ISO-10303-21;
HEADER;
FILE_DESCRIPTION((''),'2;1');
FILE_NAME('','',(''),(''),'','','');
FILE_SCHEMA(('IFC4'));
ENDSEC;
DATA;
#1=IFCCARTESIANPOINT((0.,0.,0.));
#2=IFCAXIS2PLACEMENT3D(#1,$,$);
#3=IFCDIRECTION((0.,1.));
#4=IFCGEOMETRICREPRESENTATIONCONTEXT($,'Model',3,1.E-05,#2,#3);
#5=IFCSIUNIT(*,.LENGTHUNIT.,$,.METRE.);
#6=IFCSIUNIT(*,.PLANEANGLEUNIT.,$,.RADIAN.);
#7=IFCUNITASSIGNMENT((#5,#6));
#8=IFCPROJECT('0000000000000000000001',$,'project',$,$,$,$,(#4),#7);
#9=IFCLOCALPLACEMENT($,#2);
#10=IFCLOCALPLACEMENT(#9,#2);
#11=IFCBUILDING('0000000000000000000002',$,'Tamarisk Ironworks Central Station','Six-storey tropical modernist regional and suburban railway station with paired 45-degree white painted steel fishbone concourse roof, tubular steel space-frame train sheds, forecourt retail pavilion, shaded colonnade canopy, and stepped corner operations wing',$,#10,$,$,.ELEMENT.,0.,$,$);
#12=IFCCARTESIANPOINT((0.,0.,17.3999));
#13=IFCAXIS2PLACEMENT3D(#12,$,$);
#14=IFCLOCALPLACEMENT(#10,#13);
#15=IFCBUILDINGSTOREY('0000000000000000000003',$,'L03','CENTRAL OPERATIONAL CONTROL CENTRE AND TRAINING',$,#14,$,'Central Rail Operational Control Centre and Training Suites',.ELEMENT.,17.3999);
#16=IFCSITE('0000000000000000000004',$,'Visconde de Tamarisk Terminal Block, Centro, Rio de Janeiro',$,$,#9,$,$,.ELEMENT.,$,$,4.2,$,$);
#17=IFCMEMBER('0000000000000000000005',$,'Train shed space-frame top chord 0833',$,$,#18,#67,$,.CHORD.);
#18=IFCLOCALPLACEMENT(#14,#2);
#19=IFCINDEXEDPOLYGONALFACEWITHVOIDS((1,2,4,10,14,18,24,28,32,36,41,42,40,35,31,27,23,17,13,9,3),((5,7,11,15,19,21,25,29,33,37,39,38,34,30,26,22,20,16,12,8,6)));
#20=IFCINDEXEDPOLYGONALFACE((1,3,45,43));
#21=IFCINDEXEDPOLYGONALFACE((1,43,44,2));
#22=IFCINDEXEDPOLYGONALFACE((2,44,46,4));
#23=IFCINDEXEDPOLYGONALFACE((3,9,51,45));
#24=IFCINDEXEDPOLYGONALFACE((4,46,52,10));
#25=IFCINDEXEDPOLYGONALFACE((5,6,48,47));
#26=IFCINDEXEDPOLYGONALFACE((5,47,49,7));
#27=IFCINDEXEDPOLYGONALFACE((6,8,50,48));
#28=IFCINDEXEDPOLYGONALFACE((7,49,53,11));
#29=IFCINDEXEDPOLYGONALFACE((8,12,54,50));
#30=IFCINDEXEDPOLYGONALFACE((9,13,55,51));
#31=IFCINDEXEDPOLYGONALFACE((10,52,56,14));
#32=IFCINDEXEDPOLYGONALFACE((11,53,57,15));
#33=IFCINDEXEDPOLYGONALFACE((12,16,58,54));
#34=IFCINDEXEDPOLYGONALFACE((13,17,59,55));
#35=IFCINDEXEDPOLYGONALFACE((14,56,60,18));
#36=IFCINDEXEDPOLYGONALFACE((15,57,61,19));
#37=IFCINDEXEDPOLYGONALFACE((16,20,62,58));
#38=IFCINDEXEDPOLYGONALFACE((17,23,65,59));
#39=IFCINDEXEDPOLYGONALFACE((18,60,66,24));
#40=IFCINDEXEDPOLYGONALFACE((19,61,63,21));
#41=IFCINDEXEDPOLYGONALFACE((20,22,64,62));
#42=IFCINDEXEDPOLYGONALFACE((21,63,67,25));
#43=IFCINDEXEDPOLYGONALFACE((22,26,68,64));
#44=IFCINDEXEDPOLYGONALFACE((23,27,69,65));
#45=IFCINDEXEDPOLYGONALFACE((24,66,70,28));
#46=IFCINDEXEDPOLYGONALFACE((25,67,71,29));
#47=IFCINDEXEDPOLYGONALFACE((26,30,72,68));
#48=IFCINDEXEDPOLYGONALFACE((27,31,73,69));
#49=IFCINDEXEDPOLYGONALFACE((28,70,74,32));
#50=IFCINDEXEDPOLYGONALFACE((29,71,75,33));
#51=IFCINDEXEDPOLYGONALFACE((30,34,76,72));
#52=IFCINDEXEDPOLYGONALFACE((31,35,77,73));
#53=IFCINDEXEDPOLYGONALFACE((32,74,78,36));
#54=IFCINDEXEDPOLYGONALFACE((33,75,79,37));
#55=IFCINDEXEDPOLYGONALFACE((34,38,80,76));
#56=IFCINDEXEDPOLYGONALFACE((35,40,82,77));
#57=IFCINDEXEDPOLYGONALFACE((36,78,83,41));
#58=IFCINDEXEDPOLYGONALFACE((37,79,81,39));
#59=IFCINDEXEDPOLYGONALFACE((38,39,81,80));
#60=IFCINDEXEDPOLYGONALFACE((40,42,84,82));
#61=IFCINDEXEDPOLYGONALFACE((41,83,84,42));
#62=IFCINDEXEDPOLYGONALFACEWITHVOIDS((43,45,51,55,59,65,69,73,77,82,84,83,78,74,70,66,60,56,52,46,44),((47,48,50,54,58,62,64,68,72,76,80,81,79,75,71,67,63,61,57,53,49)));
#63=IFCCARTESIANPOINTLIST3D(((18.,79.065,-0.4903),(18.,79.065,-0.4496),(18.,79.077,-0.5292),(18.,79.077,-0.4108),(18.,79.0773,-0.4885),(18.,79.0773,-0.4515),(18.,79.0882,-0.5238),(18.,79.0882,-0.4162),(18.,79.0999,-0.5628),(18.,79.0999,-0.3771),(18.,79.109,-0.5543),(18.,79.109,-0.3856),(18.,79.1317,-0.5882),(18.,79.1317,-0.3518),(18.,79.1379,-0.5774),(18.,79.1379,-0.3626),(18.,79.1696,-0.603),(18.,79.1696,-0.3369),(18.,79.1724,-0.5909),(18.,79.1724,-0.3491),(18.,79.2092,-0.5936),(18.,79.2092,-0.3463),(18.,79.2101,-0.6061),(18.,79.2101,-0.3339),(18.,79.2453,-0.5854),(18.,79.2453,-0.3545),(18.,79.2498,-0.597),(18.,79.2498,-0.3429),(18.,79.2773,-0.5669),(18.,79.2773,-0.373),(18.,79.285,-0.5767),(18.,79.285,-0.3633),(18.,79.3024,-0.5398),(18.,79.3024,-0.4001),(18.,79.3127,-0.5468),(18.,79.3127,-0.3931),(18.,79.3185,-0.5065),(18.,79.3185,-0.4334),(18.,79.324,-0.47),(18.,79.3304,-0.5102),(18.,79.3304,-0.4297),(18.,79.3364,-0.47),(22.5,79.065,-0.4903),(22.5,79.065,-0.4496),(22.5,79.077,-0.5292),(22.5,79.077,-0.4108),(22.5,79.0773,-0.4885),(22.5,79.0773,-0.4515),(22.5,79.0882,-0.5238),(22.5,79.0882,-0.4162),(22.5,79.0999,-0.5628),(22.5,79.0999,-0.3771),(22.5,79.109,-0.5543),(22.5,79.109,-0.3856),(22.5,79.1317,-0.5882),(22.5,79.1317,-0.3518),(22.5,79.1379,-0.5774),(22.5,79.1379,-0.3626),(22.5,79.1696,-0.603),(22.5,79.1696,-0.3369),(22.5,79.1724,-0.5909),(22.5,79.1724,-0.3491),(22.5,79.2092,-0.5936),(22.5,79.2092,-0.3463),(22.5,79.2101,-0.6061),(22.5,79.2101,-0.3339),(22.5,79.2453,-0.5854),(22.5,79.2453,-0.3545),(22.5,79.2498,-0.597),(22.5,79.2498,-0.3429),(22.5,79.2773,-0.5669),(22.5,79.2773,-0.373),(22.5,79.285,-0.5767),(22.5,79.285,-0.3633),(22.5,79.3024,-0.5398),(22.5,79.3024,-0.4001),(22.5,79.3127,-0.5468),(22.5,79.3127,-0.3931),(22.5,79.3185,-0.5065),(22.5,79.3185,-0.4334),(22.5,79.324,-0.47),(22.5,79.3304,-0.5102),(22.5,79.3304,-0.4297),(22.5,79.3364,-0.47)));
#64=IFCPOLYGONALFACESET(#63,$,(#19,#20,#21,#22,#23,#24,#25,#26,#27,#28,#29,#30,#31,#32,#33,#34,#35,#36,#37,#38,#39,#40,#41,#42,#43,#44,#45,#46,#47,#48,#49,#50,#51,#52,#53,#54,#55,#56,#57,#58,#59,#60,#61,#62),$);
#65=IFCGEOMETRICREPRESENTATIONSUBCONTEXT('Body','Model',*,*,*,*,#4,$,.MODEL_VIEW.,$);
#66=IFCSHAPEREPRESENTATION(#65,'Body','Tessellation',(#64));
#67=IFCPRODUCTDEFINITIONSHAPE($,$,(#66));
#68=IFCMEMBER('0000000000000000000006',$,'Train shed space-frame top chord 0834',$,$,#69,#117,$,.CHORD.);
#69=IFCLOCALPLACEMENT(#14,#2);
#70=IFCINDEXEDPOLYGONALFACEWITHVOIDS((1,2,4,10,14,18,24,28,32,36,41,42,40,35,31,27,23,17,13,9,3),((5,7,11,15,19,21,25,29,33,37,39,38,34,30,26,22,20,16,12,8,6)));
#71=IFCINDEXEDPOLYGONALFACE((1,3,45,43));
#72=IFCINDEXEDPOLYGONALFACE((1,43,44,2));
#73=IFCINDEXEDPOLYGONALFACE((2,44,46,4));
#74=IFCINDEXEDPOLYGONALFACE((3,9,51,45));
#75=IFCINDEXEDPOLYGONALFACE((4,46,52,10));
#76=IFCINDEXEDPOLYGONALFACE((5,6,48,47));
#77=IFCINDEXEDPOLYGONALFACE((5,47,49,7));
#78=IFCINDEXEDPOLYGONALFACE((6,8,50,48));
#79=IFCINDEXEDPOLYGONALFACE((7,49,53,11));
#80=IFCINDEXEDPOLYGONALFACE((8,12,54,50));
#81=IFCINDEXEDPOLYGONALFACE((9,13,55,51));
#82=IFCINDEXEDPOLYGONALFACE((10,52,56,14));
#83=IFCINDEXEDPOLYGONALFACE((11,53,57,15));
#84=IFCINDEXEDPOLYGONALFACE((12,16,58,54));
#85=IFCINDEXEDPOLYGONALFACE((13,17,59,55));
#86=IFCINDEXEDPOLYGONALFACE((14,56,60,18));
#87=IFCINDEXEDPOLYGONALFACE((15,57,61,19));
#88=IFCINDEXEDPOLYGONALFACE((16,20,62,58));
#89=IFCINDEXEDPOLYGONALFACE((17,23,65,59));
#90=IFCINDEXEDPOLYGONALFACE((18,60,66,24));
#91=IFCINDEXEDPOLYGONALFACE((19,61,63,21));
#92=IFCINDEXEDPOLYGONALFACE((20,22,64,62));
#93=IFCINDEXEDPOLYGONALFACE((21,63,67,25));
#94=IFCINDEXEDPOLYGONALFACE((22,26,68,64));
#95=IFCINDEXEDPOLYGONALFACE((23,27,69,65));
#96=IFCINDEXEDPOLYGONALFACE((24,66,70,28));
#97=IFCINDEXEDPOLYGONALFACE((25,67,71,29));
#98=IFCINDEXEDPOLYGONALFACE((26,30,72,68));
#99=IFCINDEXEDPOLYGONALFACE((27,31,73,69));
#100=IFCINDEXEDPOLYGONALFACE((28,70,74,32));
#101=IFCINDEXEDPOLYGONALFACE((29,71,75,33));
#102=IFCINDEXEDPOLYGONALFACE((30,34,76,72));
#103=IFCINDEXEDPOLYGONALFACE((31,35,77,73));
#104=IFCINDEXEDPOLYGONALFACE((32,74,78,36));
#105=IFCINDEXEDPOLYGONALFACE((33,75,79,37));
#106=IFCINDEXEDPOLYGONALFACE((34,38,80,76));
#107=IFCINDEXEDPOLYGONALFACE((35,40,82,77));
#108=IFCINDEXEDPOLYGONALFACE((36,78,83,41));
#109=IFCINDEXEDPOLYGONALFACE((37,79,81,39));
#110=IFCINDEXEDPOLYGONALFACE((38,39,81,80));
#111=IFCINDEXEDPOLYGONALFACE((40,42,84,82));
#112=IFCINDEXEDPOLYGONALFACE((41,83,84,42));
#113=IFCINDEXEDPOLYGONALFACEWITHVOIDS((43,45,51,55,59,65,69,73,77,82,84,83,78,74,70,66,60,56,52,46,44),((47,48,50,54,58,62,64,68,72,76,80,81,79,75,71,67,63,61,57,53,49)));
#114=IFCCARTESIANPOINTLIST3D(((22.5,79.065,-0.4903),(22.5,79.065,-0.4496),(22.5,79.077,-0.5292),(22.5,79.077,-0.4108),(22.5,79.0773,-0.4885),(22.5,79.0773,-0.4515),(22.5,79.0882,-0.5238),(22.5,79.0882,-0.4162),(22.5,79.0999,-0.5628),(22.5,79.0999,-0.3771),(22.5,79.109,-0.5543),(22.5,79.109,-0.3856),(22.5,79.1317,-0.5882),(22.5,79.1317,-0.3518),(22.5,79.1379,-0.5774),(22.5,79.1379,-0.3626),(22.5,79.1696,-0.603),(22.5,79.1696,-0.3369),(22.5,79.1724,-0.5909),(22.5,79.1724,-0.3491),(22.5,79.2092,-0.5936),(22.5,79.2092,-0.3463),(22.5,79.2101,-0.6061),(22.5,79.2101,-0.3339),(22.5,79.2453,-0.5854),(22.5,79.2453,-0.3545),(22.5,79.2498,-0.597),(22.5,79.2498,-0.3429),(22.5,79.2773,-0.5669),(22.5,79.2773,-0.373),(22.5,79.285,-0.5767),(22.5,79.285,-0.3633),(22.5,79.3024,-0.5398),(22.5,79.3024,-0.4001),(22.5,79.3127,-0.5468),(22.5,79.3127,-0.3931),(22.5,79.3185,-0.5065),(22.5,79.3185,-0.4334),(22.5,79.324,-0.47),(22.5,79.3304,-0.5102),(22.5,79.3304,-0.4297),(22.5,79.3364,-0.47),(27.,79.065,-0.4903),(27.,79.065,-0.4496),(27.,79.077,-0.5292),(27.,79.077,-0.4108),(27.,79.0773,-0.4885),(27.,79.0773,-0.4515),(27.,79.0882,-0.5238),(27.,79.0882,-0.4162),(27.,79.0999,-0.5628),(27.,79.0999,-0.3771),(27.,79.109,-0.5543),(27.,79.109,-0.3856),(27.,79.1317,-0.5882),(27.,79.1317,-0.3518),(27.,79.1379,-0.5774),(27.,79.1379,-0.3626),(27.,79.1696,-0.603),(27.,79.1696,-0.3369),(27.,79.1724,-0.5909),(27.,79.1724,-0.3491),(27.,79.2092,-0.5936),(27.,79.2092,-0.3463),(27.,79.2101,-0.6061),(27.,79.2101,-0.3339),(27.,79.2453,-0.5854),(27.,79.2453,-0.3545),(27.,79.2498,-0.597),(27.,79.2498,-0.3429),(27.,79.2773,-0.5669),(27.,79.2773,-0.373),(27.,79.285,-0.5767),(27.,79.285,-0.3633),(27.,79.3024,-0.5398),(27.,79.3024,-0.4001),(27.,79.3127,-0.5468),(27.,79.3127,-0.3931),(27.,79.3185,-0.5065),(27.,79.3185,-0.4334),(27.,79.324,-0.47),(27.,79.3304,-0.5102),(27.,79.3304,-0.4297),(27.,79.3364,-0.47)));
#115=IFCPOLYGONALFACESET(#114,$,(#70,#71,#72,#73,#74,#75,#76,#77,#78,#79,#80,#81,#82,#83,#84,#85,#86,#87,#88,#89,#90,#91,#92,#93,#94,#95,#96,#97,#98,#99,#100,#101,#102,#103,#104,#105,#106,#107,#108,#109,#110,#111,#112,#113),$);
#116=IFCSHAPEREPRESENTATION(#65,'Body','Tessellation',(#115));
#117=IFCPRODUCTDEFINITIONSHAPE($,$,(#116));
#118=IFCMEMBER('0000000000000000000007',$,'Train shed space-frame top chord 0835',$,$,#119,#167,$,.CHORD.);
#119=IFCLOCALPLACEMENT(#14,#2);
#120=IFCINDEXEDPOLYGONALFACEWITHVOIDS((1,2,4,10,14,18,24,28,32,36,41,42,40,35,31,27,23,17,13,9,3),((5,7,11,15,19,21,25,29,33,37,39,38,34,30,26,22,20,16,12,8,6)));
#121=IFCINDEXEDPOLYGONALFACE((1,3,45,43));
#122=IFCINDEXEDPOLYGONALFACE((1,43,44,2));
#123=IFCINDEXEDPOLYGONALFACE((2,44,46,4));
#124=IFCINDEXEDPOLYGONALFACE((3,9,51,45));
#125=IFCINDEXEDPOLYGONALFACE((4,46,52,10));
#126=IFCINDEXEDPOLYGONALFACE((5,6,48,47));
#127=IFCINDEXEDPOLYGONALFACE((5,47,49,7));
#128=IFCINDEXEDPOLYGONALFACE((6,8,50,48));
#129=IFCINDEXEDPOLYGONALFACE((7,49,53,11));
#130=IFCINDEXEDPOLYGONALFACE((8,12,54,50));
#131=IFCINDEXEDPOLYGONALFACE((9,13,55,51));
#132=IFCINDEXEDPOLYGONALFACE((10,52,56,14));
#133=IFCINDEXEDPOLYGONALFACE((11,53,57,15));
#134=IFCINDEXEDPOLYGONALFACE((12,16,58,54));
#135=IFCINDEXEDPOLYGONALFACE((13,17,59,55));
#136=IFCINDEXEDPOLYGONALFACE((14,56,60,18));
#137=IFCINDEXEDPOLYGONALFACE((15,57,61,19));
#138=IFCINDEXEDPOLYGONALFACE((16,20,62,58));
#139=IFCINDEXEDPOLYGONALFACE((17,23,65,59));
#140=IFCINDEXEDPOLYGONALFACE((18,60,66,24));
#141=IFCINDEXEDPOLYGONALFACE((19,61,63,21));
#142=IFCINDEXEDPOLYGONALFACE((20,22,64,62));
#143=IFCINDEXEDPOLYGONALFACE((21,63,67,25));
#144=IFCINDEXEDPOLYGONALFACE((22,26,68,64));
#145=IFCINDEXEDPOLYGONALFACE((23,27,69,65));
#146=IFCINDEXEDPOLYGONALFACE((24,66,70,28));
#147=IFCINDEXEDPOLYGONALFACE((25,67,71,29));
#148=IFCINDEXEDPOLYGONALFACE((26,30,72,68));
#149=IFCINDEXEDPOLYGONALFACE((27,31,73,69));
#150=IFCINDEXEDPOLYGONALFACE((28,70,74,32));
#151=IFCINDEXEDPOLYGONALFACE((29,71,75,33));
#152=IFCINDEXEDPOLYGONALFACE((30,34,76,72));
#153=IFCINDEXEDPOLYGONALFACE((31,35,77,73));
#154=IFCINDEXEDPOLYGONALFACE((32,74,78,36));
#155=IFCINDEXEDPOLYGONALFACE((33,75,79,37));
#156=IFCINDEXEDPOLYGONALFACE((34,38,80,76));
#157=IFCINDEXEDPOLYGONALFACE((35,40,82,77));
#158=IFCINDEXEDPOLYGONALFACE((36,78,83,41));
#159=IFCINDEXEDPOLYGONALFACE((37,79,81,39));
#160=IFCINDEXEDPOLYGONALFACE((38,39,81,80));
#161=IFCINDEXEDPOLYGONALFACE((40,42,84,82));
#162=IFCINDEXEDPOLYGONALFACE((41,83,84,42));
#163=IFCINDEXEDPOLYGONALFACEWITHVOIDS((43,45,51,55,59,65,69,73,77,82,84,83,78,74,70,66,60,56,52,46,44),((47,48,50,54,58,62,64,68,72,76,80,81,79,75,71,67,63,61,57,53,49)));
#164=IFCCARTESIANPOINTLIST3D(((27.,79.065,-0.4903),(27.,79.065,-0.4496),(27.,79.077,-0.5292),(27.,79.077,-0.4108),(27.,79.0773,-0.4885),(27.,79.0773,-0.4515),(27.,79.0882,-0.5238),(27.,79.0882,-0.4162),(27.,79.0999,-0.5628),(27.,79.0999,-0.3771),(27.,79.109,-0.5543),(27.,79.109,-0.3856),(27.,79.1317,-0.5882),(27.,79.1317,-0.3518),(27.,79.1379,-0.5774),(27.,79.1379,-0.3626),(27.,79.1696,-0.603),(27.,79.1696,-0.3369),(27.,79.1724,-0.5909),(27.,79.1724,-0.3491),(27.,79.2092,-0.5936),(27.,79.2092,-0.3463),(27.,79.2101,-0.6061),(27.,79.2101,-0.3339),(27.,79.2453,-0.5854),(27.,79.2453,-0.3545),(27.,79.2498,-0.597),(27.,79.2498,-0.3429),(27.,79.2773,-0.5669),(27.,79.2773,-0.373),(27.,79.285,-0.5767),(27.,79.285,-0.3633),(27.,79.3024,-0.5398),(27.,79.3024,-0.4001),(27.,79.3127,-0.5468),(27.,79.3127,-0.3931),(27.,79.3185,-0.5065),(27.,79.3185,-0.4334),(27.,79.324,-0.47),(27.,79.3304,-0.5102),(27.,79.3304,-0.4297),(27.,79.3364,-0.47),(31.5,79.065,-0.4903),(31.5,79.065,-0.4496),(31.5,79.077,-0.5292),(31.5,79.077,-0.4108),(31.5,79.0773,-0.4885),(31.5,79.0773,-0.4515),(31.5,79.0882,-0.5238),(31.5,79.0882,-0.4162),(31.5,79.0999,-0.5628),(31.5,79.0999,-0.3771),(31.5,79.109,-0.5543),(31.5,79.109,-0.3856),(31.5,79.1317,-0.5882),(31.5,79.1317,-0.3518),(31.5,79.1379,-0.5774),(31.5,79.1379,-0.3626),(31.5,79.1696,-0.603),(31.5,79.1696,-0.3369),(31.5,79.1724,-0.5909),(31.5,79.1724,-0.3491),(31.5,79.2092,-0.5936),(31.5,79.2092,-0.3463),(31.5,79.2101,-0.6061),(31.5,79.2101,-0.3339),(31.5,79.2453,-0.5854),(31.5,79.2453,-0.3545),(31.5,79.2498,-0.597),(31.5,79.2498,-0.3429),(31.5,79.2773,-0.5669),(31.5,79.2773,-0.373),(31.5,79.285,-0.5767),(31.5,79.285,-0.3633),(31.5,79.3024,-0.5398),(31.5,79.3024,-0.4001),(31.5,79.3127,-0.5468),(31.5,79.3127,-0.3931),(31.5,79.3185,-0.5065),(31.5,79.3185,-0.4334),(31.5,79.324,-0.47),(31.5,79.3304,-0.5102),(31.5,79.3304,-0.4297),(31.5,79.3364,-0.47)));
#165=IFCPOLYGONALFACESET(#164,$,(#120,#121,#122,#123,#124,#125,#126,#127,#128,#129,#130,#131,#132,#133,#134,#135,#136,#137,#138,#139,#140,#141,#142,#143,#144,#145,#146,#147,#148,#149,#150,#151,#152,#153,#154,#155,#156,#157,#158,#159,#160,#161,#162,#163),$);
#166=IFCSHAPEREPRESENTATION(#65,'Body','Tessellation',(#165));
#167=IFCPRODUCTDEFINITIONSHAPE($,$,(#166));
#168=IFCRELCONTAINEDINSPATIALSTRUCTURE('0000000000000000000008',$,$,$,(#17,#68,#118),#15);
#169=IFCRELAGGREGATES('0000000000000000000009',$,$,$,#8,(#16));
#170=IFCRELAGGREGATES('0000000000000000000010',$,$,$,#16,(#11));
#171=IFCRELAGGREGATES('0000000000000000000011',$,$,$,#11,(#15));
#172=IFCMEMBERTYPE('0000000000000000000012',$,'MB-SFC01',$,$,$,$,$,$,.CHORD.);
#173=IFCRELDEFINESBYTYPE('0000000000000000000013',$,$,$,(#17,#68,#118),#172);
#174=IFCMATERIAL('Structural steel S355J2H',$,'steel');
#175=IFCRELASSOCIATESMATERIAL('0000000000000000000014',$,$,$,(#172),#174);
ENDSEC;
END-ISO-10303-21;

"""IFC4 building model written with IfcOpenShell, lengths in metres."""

from ifc_helpers import new_model, si_unit, direction, frame, origin, origin_2d, place, context, subcontext, project, spatial, hollow_circle, extrude, material, material_profile, profile_set, type_object, element, save


model = new_model("IFC4")

# Units and contexts
model_context = context("Model", 3, precision=1e-05, world=origin(), true_north=direction((0.0, 1.0)))
body_context = subcontext(model_context, "Body", "Model", "MODEL_VIEW")
ifc_project = project(units=[si_unit("LENGTHUNIT", "METRE"), si_unit("PLANEANGLEUNIT", "RADIAN")], contexts=[model_context])

# Site, building, storey
site_placement = place(None, origin())
site = spatial("IfcSite", under=ifc_project, at=site_placement, Name="Visconde de Tamarisk Terminal Block, Centro, Rio de Janeiro", CompositionType="ELEMENT", RefElevation=4.2)
building_placement = place(site_placement, origin())
building = spatial("IfcBuilding", under=site, at=building_placement, Name="Tamarisk Ironworks Central Station", Description="Six-storey tropical modernist regional and suburban railway station with paired 45-degree white painted steel fishbone concourse roof, tubular steel space-frame train sheds, forecourt retail pavilion, shaded colonnade canopy, and stepped corner operations wing", CompositionType="ELEMENT", ElevationOfRefHeight=0.0)
storey_placement = place(building_placement, frame((0.0, 0.0, 17.3999)))
storey = spatial("IfcBuildingStorey", under=building, at=storey_placement, Name="L03", Description="CENTRAL OPERATIONAL CONTROL CENTRE AND TRAINING", LongName="Central Rail Operational Control Centre and Training Suites", CompositionType="ELEMENT", Elevation=17.3999)

# Members
ifc_material_1 = material(Name="Structural steel S355J2H", Category="steel")
ifc_material_profile_1 = material_profile(ifc_material_1, hollow_circle(Radius=0.1365, WallThickness=0.0125, at=origin_2d()), Name="CHS 273x12.5")
ifc_profile_set_1 = profile_set([ifc_material_profile_1], Name="Structural steel S355J2H")
member_type_1 = type_object("IfcMemberType", Name="MB-SFC01", PredefinedType="CHORD", material=ifc_profile_set_1)
for number, where, z_axis, x_axis, name in (
    (1, (18.0, 79.2, -0.47), (1.0, 0.0, 0.0), (0.0, 1.0, 0.0), "Train shed space-frame top chord 0833"),
    (2, (22.5, 79.2, -0.47), (1.0, 0.0, 0.0), (0.0, 1.0, 0.0), "Train shed space-frame top chord 0834"),
    (3, (27.0, 79.2, -0.47), (1.0, 0.0, 0.0), (0.0, 1.0, 0.0), "Train shed space-frame top chord 0835"),
):
    element("IfcMember", number, at=place(storey_placement, frame(where, z_axis=z_axis, x_axis=x_axis)), inside=storey, type_object=member_type_1, Name=name, PredefinedType="CHORD", context=body_context, shape_type="SweptSolid", body=[
        extrude(hollow_circle(Radius=0.1365, WallThickness=0.0125, at=origin_2d()), origin(), (0.0, 0.0, 1.0), 4.5),
    ])

save(model, "model.ifc")
